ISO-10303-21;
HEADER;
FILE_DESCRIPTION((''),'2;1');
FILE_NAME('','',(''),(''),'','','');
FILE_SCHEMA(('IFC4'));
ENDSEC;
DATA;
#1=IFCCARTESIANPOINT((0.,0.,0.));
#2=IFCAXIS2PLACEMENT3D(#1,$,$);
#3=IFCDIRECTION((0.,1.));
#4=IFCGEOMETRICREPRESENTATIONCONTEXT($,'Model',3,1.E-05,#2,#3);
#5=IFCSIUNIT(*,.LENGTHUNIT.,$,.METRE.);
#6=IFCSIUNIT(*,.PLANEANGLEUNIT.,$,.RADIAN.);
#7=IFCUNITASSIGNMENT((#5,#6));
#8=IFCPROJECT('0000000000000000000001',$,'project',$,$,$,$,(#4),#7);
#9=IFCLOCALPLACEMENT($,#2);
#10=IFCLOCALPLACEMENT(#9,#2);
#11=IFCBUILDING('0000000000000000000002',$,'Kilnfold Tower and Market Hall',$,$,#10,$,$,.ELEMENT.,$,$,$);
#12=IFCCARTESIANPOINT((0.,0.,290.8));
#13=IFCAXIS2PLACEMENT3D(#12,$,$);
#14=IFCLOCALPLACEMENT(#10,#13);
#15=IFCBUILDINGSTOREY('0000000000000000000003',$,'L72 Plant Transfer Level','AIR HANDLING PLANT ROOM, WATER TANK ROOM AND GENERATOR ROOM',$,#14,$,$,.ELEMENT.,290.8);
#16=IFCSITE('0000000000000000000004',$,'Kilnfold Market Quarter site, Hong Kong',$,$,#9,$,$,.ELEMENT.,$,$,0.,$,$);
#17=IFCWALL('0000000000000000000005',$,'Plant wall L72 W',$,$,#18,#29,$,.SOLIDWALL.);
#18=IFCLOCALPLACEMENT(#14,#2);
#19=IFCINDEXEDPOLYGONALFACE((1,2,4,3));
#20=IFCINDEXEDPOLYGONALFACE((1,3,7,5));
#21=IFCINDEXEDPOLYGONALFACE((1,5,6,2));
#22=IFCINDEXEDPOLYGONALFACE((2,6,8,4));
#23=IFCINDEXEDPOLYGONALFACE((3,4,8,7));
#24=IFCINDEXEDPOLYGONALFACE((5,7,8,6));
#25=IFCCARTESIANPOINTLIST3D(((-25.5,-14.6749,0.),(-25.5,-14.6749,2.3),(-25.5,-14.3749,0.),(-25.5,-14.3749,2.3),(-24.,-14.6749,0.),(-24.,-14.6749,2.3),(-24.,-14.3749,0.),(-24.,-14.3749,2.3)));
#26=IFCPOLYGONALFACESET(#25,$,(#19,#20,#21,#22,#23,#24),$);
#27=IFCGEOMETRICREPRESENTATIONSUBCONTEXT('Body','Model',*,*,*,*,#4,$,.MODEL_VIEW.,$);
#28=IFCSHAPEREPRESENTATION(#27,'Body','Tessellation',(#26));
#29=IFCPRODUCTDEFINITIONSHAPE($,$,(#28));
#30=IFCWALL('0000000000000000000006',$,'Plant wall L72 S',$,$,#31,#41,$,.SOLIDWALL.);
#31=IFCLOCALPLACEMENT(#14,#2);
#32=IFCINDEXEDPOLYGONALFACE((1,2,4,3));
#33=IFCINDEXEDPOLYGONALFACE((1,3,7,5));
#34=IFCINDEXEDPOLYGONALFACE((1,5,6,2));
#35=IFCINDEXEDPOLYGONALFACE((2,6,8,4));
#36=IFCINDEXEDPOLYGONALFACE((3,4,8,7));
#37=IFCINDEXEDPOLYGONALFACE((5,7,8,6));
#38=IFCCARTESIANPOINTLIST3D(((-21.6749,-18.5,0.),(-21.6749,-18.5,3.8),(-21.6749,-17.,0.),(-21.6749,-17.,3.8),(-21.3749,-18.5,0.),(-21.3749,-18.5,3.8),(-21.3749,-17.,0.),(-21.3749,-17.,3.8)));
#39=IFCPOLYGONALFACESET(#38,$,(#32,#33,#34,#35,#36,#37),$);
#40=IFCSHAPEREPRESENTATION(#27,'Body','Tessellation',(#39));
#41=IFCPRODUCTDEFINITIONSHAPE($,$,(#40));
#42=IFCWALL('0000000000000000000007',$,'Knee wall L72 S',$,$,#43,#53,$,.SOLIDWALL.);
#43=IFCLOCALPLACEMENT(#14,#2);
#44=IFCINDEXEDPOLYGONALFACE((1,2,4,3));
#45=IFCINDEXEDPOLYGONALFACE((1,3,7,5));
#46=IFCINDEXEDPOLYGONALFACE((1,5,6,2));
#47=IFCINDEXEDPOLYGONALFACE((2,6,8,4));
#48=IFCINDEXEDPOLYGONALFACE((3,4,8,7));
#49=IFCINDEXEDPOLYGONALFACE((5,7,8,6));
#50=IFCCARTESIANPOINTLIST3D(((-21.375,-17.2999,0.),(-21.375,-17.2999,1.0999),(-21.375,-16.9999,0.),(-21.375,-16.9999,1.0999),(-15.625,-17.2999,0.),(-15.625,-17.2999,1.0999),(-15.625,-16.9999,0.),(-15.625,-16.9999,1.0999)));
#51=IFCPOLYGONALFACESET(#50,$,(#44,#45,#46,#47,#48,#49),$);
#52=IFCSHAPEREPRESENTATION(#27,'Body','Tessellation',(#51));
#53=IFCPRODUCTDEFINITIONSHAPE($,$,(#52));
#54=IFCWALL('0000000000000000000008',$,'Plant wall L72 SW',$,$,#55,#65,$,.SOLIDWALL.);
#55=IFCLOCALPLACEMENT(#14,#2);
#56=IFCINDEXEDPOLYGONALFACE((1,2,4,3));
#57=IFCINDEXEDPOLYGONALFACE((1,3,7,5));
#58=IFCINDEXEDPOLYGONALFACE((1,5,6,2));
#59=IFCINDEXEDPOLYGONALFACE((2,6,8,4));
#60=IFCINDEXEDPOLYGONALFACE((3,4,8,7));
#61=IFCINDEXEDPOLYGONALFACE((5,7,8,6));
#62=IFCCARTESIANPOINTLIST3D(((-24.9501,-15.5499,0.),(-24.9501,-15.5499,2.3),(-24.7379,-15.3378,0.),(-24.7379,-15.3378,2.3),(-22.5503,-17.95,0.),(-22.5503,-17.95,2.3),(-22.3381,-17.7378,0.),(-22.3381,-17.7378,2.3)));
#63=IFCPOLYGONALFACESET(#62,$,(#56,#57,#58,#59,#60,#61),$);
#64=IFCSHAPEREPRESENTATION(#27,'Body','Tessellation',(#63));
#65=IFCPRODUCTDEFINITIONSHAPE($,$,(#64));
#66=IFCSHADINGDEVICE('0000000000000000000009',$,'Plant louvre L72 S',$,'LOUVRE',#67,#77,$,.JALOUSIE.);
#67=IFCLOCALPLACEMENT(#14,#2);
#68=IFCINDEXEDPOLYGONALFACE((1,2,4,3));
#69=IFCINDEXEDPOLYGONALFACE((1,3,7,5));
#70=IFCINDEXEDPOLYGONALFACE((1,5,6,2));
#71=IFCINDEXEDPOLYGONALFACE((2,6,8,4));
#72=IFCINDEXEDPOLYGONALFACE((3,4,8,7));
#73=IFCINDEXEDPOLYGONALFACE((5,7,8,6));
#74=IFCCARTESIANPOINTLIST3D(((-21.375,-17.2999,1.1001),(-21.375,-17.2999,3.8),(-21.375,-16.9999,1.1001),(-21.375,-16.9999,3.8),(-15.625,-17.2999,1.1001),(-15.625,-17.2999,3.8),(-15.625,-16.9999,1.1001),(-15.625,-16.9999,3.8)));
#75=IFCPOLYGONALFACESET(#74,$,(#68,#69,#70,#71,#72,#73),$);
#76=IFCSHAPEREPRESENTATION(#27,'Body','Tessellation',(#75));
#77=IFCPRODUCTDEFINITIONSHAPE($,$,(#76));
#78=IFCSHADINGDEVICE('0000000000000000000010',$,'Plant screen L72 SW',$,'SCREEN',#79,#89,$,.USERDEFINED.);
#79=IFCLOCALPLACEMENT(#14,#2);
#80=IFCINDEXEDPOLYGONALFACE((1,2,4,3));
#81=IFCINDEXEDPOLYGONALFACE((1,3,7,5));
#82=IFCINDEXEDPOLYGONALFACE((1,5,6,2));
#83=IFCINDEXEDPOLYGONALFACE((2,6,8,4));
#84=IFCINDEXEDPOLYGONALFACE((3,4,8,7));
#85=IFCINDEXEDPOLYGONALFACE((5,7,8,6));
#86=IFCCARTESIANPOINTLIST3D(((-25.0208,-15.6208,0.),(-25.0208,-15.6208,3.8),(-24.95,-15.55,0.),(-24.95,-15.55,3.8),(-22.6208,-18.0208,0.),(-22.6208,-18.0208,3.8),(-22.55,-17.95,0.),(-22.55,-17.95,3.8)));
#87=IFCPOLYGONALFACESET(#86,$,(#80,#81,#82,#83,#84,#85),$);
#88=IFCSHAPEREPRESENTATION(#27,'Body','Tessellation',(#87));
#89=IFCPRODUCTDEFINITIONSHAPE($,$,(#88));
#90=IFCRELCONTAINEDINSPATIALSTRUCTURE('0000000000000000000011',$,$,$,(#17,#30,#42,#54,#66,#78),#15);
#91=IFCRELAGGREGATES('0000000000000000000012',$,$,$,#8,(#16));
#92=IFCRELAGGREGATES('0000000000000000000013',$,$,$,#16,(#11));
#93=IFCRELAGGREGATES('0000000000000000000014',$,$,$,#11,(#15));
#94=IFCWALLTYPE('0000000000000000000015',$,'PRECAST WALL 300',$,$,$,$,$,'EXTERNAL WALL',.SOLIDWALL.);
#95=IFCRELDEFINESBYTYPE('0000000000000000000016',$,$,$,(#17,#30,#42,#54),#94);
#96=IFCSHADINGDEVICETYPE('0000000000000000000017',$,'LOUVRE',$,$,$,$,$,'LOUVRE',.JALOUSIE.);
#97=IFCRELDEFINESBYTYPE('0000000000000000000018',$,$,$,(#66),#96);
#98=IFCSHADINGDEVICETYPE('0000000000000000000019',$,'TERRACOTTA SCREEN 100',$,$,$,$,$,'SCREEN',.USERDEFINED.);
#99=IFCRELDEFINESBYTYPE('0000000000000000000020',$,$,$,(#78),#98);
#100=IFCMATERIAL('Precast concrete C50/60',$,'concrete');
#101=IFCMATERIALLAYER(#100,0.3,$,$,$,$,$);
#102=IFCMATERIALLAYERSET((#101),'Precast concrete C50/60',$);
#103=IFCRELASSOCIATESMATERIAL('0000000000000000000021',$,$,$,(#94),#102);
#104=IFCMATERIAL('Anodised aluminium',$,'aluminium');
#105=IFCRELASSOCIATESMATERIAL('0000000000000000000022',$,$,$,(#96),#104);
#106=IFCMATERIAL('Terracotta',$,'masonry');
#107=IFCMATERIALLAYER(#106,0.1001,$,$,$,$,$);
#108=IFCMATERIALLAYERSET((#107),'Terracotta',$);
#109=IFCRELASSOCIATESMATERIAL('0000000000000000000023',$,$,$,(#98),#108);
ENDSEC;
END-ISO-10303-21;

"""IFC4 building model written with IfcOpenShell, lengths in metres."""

from ifc_helpers import new_model, si_unit, direction, frame, frame_2d, origin, origin_2d, place, context, subcontext, project, spatial, rectangle, extrude, source, transform, mapped, material, layer, layer_set, type_object, element, save


model = new_model("IFC4")

# Units and contexts
model_context = context("Model", 3, precision=1e-05, world=origin(), true_north=direction((0.0, 1.0)))
body_context = subcontext(model_context, "Body", "Model", "MODEL_VIEW")
ifc_project = project(units=[si_unit("LENGTHUNIT", "METRE"), si_unit("PLANEANGLEUNIT", "RADIAN")], contexts=[model_context])

# Site, building, storey
site_placement = place(None, origin())
site = spatial("IfcSite", under=ifc_project, at=site_placement, Name="Kilnfold Market Quarter site, Hong Kong", CompositionType="ELEMENT", RefElevation=0.0)
building_placement = place(site_placement, origin())
building = spatial("IfcBuilding", under=site, at=building_placement, Name="Kilnfold Tower and Market Hall", CompositionType="ELEMENT")
storey_placement = place(building_placement, frame((0.0, 0.0, 290.8)))
storey = spatial("IfcBuildingStorey", under=building, at=storey_placement, Name="L72 Plant Transfer Level", Description="AIR HANDLING PLANT ROOM, WATER TANK ROOM AND GENERATOR ROOM", CompositionType="ELEMENT", Elevation=290.8)

# Walls
ifc_material_1 = material(Name="Precast concrete C50/60", Category="concrete")
ifc_layer_1 = layer(ifc_material_1, 0.3)
ifc_layer_set_1 = layer_set([ifc_layer_1], Name="Precast concrete C50/60")
wall_type_1 = type_object("IfcWallType", Name="PRECAST WALL 300", ElementType="EXTERNAL WALL", PredefinedType="SOLIDWALL", material=ifc_layer_set_1)
shared_shape_1 = source(origin(), body_context, "Body", "SweptSolid", [
    extrude(rectangle(XDim=1.5, YDim=0.3, at=frame_2d((0.75, 0.0))), origin(), (0.0, 0.0, 1.0), 2.3),
])
wall_1_placement = place(storey_placement, frame((-25.5, -14.5249, 0.0), z_axis=(0.0, 0.0, 1.0), x_axis=(1.0, 0.0, 0.0)))
element("IfcWall", 1, at=wall_1_placement, inside=storey, type_object=wall_type_1, Name="Plant wall L72 W", PredefinedType="SOLIDWALL", context=body_context, shape_type="MappedRepresentation", body=[
    mapped(shared_shape_1, transform((0.0, 0.0, 0.0))),
])
shared_shape_2 = source(origin(), body_context, "Body", "SweptSolid", [
    extrude(rectangle(XDim=1.5, YDim=0.3, at=frame_2d((0.75, 0.0))), origin(), (0.0, 0.0, 1.0), 3.8),
])
wall_2_placement = place(storey_placement, frame((-21.5249, -18.5, 0.0), z_axis=(0.0, 0.0, 1.0), x_axis=(0.0, 1.0, 0.0)))
element("IfcWall", 2, at=wall_2_placement, inside=storey, type_object=wall_type_1, Name="Plant wall L72 S", PredefinedType="SOLIDWALL", context=body_context, shape_type="MappedRepresentation", body=[
    mapped(shared_shape_2, transform((0.0, 0.0, 0.0))),
])
shared_shape_3 = source(origin(), body_context, "Body", "SweptSolid", [
    extrude(rectangle(XDim=5.75, YDim=0.3, at=frame_2d((2.875, 0.0))), origin(), (0.0, 0.0, 1.0), 1.0999),
])
wall_3_placement = place(storey_placement, frame((-21.375, -17.1499, 0.0), z_axis=(0.0, 0.0, 1.0), x_axis=(1.0, 0.0, 0.0)))
element("IfcWall", 3, at=wall_3_placement, inside=storey, type_object=wall_type_1, Name="Knee wall L72 S", PredefinedType="SOLIDWALL", context=body_context, shape_type="MappedRepresentation", body=[
    mapped(shared_shape_3, transform((0.0, 0.0, 0.0))),
])
shared_shape_4 = source(origin(), body_context, "Body", "SweptSolid", [
    extrude(rectangle(XDim=3.394, YDim=0.3, at=frame_2d((1.697, 0.0))), origin(), (0.0, 0.0, 1.0), 2.3),
])
wall_4_placement = place(storey_placement, frame((-24.844, -15.4438, 0.0), z_axis=(0.0, 0.0, 1.0), x_axis=(0.707071, -0.707143, 0.0)))
element("IfcWall", 4, at=wall_4_placement, inside=storey, type_object=wall_type_1, Name="Plant wall L72 SW", PredefinedType="SOLIDWALL", context=body_context, shape_type="MappedRepresentation", body=[
    mapped(shared_shape_4, transform((0.0, 0.0, 0.0))),
])

# Shading devices
ifc_material_2 = material(Name="Anodised aluminium", Category="aluminium")
shading_device_type_1 = type_object("IfcShadingDeviceType", Name="LOUVRE", ElementType="LOUVRE", PredefinedType="JALOUSIE", material=ifc_material_2)
shared_shape_5 = source(origin(), body_context, "Body", "SweptSolid", [
    extrude(rectangle(XDim=5.75, YDim=0.3, at=origin_2d()), origin(), (0.0, 0.0, 1.0), 2.7),
])
shading_device_1_placement = place(storey_placement, frame((-18.5, -17.1499, 1.1001), z_axis=(0.0, 0.0, 1.0), x_axis=(1.0, 0.0, 0.0)))
element("IfcShadingDevice", 5, at=shading_device_1_placement, inside=storey, type_object=shading_device_type_1, Name="Plant louvre L72 S", ObjectType="LOUVRE", PredefinedType="JALOUSIE", context=body_context, shape_type="MappedRepresentation", body=[
    mapped(shared_shape_5, transform((0.0, 0.0, 0.0))),
])
ifc_material_3 = material(Name="Terracotta", Category="masonry")
ifc_layer_2 = layer(ifc_material_3, 0.1001)
ifc_layer_set_2 = layer_set([ifc_layer_2], Name="Terracotta")
shading_device_type_2 = type_object("IfcShadingDeviceType", Name="TERRACOTTA SCREEN 100", ElementType="SCREEN", PredefinedType="USERDEFINED", material=ifc_layer_set_2)
shared_shape_6 = source(origin(), body_context, "Body", "SweptSolid", [
    extrude(rectangle(XDim=3.394, YDim=0.1001, at=origin_2d()), origin(), (0.0, 0.0, 1.0), 3.8),
])
shading_device_2_placement = place(storey_placement, frame((-23.7854, -16.7854, 0.0), z_axis=(0.0, 0.0, 1.0), x_axis=(0.707107, -0.707107, 0.0)))
element("IfcShadingDevice", 6, at=shading_device_2_placement, inside=storey, type_object=shading_device_type_2, Name="Plant screen L72 SW", ObjectType="SCREEN", PredefinedType="USERDEFINED", context=body_context, shape_type="MappedRepresentation", body=[
    mapped(shared_shape_6, transform((0.0, 0.0, 0.0))),
])

save(model, "model.ifc")
